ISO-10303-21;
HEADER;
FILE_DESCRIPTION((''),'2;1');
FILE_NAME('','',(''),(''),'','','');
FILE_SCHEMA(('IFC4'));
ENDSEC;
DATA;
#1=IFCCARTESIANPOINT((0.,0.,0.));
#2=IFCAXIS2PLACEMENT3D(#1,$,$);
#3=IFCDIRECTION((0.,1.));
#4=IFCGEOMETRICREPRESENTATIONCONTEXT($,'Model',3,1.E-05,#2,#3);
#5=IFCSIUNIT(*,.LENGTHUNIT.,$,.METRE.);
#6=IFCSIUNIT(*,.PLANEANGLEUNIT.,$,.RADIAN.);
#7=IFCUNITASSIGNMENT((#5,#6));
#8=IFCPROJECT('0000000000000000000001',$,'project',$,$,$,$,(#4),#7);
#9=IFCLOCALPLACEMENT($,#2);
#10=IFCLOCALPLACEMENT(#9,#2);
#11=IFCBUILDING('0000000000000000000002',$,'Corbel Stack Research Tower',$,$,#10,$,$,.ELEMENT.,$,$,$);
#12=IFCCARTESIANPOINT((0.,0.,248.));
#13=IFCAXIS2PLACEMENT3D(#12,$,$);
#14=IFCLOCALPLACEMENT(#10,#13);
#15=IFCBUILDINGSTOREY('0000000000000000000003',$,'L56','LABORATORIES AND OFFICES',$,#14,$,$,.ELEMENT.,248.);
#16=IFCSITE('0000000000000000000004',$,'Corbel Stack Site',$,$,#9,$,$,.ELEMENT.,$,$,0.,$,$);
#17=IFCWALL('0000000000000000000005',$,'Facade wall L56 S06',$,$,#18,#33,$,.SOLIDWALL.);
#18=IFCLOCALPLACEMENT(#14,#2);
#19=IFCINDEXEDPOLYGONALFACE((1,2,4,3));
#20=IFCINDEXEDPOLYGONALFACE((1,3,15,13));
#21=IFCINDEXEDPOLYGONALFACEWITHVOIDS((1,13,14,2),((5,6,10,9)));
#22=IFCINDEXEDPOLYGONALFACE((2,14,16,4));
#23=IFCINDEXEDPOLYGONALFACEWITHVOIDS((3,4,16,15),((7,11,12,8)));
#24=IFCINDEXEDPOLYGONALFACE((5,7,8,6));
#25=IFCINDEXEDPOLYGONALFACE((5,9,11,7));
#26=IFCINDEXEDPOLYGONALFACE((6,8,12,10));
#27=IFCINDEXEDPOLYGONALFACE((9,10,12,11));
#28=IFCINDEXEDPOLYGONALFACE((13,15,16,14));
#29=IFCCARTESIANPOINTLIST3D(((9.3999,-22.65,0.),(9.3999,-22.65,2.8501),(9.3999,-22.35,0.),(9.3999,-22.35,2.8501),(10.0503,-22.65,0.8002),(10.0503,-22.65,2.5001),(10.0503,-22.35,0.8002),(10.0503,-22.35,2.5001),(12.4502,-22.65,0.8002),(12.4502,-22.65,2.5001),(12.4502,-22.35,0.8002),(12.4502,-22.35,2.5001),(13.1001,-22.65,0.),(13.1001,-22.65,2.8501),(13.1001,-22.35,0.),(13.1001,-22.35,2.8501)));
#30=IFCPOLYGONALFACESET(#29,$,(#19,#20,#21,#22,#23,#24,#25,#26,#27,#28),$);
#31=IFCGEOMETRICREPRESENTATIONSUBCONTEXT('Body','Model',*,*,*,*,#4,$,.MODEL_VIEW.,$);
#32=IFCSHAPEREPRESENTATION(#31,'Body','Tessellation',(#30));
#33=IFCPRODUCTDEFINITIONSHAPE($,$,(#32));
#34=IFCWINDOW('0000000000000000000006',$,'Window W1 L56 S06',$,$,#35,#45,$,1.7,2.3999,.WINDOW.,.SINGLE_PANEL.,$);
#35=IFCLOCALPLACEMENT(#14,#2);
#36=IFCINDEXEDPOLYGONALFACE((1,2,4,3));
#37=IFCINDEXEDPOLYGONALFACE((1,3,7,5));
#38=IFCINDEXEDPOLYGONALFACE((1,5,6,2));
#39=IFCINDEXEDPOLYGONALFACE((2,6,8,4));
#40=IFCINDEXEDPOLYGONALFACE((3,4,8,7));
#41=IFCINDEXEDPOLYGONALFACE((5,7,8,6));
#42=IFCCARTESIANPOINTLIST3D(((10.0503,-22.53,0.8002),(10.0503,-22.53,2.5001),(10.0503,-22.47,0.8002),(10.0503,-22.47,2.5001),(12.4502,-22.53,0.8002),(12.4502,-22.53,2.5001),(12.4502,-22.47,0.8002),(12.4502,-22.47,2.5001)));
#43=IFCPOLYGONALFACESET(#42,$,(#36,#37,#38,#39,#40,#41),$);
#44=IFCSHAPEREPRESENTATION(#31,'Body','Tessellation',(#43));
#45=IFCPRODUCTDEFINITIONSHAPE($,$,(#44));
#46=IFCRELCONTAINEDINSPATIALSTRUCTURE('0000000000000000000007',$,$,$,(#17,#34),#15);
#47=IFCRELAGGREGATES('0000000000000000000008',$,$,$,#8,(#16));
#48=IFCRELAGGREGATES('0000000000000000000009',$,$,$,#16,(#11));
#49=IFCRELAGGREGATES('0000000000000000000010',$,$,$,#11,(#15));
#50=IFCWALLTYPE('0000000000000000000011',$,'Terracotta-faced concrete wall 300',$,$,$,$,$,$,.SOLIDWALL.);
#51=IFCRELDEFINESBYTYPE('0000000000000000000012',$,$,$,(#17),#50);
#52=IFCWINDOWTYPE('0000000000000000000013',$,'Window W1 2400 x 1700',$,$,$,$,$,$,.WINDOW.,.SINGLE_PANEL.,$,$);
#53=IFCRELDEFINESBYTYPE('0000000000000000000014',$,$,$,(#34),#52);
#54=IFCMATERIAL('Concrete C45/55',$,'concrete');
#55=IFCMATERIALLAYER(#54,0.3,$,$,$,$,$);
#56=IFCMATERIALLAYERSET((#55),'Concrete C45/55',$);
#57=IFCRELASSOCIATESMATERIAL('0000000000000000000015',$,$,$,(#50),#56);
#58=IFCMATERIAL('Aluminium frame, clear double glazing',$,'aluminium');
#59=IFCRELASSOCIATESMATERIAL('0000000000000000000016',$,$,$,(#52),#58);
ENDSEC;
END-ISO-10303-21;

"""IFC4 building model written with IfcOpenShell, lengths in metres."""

from ifc_helpers import new_model, si_unit, direction, frame, frame_2d, origin, place, context, subcontext, project, spatial, rectangle, extrude, material, layer, layer_set, type_object, element, fill, save


model = new_model("IFC4")

# Units and contexts
model_context = context("Model", 3, precision=1e-05, world=origin(), true_north=direction((0.0, 1.0)))
body_context = subcontext(model_context, "Body", "Model", "MODEL_VIEW")
ifc_project = project(units=[si_unit("LENGTHUNIT", "METRE"), si_unit("PLANEANGLEUNIT", "RADIAN")], contexts=[model_context])

# Site, building, storey
site_placement = place(None, origin())
site = spatial("IfcSite", under=ifc_project, at=site_placement, Name="Corbel Stack Site", CompositionType="ELEMENT", RefElevation=0.0)
building_placement = place(site_placement, origin())
building = spatial("IfcBuilding", under=site, at=building_placement, Name="Corbel Stack Research Tower", CompositionType="ELEMENT")
storey_placement = place(building_placement, frame((0.0, 0.0, 248.0)))
storey = spatial("IfcBuildingStorey", under=building, at=storey_placement, Name="L56", Description="LABORATORIES AND OFFICES", CompositionType="ELEMENT", Elevation=248.0)

# Wall, opening, window
ifc_material_1 = material(Name="Concrete C45/55", Category="concrete")
ifc_layer_1 = layer(ifc_material_1, 0.3)
ifc_layer_set_1 = layer_set([ifc_layer_1], Name="Concrete C45/55")
wall_type_1 = type_object("IfcWallType", Name="Terracotta-faced concrete wall 300", PredefinedType="SOLIDWALL", material=ifc_layer_set_1)
wall_1_placement = place(storey_placement, frame((13.1001, -22.5, 0.0), z_axis=(0.0, 0.0, 1.0), x_axis=(-1.0, 0.0, 0.0)))
wall_1 = element("IfcWall", 1, at=wall_1_placement, inside=storey, type_object=wall_type_1, Name="Facade wall L56 S06", PredefinedType="SOLIDWALL", context=body_context, shape_type="SweptSolid", body=[
    extrude(rectangle(XDim=3.7002, YDim=0.3, at=frame_2d((1.8501, 0.0))), origin(), (0.0, 0.0, 1.0), 2.8501),
])
opening_1_placement = place(wall_1_placement, frame((0.6499, 0.0, 0.8)))
opening_1 = element("IfcOpeningElement", 2, at=opening_1_placement, cuts=wall_1, PredefinedType="OPENING", context=body_context, shape_type="SweptSolid", body=[
    extrude(rectangle(XDim=2.3999, YDim=1.7, at=frame_2d((1.2, 0.8501))), frame((0.0, 0.1599, 0.0), z_axis=(0.0, -1.0, 0.0), x_axis=(1.0, 0.0, 0.0)), (0.0, 0.0, 1.0), 0.3201),
])
ifc_material_2 = material(Name="Aluminium frame, clear double glazing", Category="aluminium")
window_type = type_object("IfcWindowType", Name="Window W1 2400 x 1700", PartitioningType="SINGLE_PANEL", PredefinedType="WINDOW", material=ifc_material_2)
window_placement = place(opening_1_placement, origin())
window = element("IfcWindow", 3, at=window_placement, inside=storey, type_object=window_type, Name="Window W1 L56 S06", OverallHeight=1.7, OverallWidth=2.3999, PartitioningType="SINGLE_PANEL", PredefinedType="WINDOW", context=body_context, shape_type="SweptSolid", body=[
    extrude(rectangle(XDim=2.3999, YDim=1.7, at=frame_2d((1.2, 0.8501))), frame((0.0, 0.03, 0.0), z_axis=(0.0, -1.0, 0.0), x_axis=(1.0, 0.0, 0.0)), (0.0, 0.0, 1.0), 0.0601),
])
fill(opening_1, window)

save(model, "model.ifc")
